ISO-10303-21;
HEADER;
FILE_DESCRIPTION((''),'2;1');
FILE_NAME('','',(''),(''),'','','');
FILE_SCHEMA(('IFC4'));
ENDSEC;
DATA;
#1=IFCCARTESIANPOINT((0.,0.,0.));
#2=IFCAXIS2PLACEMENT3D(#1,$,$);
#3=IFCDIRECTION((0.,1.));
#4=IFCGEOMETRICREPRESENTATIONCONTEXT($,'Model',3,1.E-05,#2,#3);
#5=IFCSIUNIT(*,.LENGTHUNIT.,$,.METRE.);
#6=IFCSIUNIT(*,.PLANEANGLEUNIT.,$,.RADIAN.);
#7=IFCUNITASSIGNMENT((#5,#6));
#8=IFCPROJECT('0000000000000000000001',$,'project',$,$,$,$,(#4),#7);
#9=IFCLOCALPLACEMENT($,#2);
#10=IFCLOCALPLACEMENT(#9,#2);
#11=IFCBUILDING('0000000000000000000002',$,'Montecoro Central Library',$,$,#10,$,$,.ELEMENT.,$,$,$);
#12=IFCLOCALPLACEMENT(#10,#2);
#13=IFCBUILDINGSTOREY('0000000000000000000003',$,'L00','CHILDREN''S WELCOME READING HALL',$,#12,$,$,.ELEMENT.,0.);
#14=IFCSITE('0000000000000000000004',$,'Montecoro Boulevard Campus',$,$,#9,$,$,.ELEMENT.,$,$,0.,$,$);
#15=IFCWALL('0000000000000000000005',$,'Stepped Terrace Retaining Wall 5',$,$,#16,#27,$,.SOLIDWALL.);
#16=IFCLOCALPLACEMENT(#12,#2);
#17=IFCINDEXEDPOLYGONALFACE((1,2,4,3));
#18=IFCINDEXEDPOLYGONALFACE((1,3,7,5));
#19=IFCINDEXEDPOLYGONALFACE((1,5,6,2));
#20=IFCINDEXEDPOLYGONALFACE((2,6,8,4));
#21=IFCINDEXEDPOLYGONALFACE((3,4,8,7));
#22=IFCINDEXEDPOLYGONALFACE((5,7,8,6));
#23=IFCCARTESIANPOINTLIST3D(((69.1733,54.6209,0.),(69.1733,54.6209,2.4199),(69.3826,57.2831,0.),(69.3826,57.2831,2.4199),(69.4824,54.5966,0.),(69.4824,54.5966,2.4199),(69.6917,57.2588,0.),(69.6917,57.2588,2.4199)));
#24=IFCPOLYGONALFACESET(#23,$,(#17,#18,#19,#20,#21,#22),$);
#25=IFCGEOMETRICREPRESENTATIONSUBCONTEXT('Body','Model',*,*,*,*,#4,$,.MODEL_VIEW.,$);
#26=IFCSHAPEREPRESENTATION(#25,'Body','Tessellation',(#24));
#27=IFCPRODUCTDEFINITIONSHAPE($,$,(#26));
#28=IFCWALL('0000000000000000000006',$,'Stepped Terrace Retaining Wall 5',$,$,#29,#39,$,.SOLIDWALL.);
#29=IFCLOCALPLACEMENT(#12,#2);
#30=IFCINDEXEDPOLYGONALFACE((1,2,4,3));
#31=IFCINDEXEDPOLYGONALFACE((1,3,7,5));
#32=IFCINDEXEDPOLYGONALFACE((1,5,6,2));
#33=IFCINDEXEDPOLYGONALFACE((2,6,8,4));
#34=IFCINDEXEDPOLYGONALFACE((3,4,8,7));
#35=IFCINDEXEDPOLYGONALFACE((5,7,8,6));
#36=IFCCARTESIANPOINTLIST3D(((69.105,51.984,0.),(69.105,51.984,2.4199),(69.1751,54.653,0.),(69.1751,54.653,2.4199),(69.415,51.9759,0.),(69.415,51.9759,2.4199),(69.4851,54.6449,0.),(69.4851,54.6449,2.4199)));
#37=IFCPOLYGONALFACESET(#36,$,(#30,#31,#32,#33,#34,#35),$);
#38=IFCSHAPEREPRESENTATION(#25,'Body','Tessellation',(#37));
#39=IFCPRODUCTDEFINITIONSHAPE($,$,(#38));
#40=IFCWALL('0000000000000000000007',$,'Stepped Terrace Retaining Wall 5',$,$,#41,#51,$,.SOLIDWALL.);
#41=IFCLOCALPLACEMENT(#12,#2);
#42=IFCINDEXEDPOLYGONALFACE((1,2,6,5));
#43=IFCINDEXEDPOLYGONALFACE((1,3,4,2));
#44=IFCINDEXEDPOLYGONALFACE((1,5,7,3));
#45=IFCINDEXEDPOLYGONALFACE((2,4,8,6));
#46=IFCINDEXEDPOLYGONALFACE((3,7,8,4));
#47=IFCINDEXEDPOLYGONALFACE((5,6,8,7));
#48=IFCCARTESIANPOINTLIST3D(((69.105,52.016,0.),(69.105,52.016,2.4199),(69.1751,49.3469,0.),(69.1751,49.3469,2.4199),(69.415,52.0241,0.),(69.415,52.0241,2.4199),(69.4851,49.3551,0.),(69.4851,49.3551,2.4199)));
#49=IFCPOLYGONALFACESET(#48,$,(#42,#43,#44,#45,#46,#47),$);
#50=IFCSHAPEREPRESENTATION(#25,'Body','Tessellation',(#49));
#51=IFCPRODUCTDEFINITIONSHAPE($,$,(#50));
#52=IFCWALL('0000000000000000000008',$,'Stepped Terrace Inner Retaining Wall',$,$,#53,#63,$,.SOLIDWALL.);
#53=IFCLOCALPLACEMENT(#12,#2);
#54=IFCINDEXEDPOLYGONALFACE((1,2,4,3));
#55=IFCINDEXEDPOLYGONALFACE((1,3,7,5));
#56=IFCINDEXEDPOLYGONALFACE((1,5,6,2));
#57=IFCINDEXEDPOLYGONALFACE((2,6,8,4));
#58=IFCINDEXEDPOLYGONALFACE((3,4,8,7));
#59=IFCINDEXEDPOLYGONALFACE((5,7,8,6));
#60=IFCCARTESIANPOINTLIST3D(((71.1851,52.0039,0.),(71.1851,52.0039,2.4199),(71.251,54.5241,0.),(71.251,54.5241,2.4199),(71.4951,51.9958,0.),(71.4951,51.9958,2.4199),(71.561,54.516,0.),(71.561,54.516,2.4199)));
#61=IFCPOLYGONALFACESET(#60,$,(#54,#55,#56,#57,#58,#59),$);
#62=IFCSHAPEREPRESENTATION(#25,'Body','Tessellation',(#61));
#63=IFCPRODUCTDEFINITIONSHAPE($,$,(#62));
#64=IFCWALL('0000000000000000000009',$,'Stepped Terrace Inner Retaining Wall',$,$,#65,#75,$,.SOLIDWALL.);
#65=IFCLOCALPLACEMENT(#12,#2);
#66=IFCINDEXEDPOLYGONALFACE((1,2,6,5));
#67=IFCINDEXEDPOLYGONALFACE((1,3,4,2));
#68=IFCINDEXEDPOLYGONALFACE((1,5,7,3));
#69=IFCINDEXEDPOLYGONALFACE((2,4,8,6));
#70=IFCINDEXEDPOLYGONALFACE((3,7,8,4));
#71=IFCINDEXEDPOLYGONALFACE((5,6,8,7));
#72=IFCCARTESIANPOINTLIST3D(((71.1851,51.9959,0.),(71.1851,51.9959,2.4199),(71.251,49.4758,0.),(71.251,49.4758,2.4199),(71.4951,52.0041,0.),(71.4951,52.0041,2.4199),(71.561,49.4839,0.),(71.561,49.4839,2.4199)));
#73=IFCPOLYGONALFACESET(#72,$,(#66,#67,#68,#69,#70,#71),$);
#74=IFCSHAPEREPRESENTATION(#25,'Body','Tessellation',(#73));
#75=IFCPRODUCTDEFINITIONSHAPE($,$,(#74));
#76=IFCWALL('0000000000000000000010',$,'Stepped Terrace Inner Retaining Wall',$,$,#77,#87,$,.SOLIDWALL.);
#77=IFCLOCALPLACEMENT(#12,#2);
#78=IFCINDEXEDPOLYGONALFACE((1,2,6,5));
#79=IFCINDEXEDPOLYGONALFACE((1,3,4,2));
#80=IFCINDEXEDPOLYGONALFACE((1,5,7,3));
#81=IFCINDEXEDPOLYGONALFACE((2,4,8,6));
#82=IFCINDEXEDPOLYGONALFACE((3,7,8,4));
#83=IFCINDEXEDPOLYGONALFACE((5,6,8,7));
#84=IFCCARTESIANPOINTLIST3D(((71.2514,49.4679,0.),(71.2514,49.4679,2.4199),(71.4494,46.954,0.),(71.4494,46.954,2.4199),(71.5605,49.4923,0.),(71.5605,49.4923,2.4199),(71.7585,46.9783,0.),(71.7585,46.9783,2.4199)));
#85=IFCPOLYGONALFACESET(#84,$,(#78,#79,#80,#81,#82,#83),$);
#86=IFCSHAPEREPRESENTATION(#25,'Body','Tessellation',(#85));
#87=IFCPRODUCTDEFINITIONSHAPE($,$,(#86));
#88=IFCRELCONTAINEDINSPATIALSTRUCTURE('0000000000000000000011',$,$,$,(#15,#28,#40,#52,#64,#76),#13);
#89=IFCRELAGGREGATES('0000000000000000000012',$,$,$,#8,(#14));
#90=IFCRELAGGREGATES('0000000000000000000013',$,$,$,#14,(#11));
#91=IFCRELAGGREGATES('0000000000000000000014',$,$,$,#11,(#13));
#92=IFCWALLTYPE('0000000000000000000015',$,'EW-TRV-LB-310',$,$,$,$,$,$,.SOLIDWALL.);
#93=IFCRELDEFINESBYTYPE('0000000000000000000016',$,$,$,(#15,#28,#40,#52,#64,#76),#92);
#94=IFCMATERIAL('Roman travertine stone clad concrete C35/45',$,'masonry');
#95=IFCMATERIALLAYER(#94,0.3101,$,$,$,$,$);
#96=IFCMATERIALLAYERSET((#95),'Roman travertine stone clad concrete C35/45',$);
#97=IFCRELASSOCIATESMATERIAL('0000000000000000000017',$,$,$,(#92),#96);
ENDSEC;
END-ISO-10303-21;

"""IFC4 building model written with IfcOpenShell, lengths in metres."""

from ifc_helpers import new_model, si_unit, direction, frame, frame_2d, origin, place, context, subcontext, project, spatial, rectangle, extrude, material, layer, layer_set, type_object, element, save


model = new_model("IFC4")

# Units and contexts
model_context = context("Model", 3, precision=1e-05, world=origin(), true_north=direction((0.0, 1.0)))
body_context = subcontext(model_context, "Body", "Model", "MODEL_VIEW")
ifc_project = project(units=[si_unit("LENGTHUNIT", "METRE"), si_unit("PLANEANGLEUNIT", "RADIAN")], contexts=[model_context])

# Site, building, storey
site_placement = place(None, origin())
site = spatial("IfcSite", under=ifc_project, at=site_placement, Name="Montecoro Boulevard Campus", CompositionType="ELEMENT", RefElevation=0.0)
building_placement = place(site_placement, origin())
building = spatial("IfcBuilding", under=site, at=building_placement, Name="Montecoro Central Library", CompositionType="ELEMENT")
storey_placement = place(building_placement, origin())
storey = spatial("IfcBuildingStorey", under=building, at=storey_placement, Name="L00", Description="CHILDREN'S WELCOME READING HALL", CompositionType="ELEMENT", Elevation=0.0)

# Walls
ifc_material_1 = material(Name="Roman travertine stone clad concrete C35/45", Category="masonry")
ifc_layer_1 = layer(ifc_material_1, 0.3101)
ifc_layer_set_1 = layer_set([ifc_layer_1], Name="Roman travertine stone clad concrete C35/45")
wall_type_1 = type_object("IfcWallType", Name="EW-TRV-LB-310", PredefinedType="SOLIDWALL", material=ifc_layer_set_1)
wall_1_placement = place(storey_placement, frame((69.5371, 57.271, 0.0), z_axis=(0.0, 0.0, 1.0), x_axis=(-0.078353, -0.996926, 0.0)))
element("IfcWall", 1, at=wall_1_placement, inside=storey, type_object=wall_type_1, Name="Stepped Terrace Retaining Wall 5", PredefinedType="SOLIDWALL", context=body_context, shape_type="SweptSolid", body=[
    extrude(rectangle(XDim=2.6704, YDim=0.3101, at=frame_2d((1.3352, 0.0))), origin(), (0.0, 0.0, 1.0), 2.4199),
])
for number, where, z_axis, x_axis, name in (
    (2, (69.3301, 54.6489, 0.0), (0.0, 0.0, 1.0), (-0.026244, -0.999656, 0.0), "Stepped Terrace Retaining Wall 5"),
    (3, (69.26, 52.02, 0.0), (0.0, 0.0, 1.0), (0.026244, -0.999656, 0.0), "Stepped Terrace Retaining Wall 5"),
):
    element("IfcWall", number, at=place(storey_placement, frame(where, z_axis=z_axis, x_axis=x_axis)), inside=storey, type_object=wall_type_1, Name=name, PredefinedType="SOLIDWALL", context=body_context, shape_type="SweptSolid", body=[
        extrude(rectangle(XDim=2.6699, YDim=0.3101, at=frame_2d((1.335, 0.0))), origin(), (0.0, 0.0, 1.0), 2.4199),
    ])
for number, where, z_axis, x_axis, name in (
    (4, (71.406, 54.52, 0.0), (0.0, 0.0, 1.0), (-0.026149, -0.999658, 0.0), "Stepped Terrace Inner Retaining Wall"),
    (5, (71.3401, 52.0, 0.0), (0.0, 0.0, 1.0), (0.026149, -0.999658, 0.0), "Stepped Terrace Inner Retaining Wall"),
):
    element("IfcWall", number, at=place(storey_placement, frame(where, z_axis=z_axis, x_axis=x_axis)), inside=storey, type_object=wall_type_1, Name=name, PredefinedType="SOLIDWALL", context=body_context, shape_type="SweptSolid", body=[
        extrude(rectangle(XDim=2.521, YDim=0.3101, at=frame_2d((1.2605, 0.0))), origin(), (0.0, 0.0, 1.0), 2.4199),
    ])
wall_2_placement = place(storey_placement, frame((71.406, 49.48, 0.0), z_axis=(0.0, 0.0, 1.0), x_axis=(0.078518, -0.996913, 0.0)))
element("IfcWall", 6, at=wall_2_placement, inside=storey, type_object=wall_type_1, Name="Stepped Terrace Inner Retaining Wall", PredefinedType="SOLIDWALL", context=body_context, shape_type="SweptSolid", body=[
    extrude(rectangle(XDim=2.5217, YDim=0.3101, at=frame_2d((1.2607, 0.0))), origin(), (0.0, 0.0, 1.0), 2.4199),
])

save(model, "model.ifc")
